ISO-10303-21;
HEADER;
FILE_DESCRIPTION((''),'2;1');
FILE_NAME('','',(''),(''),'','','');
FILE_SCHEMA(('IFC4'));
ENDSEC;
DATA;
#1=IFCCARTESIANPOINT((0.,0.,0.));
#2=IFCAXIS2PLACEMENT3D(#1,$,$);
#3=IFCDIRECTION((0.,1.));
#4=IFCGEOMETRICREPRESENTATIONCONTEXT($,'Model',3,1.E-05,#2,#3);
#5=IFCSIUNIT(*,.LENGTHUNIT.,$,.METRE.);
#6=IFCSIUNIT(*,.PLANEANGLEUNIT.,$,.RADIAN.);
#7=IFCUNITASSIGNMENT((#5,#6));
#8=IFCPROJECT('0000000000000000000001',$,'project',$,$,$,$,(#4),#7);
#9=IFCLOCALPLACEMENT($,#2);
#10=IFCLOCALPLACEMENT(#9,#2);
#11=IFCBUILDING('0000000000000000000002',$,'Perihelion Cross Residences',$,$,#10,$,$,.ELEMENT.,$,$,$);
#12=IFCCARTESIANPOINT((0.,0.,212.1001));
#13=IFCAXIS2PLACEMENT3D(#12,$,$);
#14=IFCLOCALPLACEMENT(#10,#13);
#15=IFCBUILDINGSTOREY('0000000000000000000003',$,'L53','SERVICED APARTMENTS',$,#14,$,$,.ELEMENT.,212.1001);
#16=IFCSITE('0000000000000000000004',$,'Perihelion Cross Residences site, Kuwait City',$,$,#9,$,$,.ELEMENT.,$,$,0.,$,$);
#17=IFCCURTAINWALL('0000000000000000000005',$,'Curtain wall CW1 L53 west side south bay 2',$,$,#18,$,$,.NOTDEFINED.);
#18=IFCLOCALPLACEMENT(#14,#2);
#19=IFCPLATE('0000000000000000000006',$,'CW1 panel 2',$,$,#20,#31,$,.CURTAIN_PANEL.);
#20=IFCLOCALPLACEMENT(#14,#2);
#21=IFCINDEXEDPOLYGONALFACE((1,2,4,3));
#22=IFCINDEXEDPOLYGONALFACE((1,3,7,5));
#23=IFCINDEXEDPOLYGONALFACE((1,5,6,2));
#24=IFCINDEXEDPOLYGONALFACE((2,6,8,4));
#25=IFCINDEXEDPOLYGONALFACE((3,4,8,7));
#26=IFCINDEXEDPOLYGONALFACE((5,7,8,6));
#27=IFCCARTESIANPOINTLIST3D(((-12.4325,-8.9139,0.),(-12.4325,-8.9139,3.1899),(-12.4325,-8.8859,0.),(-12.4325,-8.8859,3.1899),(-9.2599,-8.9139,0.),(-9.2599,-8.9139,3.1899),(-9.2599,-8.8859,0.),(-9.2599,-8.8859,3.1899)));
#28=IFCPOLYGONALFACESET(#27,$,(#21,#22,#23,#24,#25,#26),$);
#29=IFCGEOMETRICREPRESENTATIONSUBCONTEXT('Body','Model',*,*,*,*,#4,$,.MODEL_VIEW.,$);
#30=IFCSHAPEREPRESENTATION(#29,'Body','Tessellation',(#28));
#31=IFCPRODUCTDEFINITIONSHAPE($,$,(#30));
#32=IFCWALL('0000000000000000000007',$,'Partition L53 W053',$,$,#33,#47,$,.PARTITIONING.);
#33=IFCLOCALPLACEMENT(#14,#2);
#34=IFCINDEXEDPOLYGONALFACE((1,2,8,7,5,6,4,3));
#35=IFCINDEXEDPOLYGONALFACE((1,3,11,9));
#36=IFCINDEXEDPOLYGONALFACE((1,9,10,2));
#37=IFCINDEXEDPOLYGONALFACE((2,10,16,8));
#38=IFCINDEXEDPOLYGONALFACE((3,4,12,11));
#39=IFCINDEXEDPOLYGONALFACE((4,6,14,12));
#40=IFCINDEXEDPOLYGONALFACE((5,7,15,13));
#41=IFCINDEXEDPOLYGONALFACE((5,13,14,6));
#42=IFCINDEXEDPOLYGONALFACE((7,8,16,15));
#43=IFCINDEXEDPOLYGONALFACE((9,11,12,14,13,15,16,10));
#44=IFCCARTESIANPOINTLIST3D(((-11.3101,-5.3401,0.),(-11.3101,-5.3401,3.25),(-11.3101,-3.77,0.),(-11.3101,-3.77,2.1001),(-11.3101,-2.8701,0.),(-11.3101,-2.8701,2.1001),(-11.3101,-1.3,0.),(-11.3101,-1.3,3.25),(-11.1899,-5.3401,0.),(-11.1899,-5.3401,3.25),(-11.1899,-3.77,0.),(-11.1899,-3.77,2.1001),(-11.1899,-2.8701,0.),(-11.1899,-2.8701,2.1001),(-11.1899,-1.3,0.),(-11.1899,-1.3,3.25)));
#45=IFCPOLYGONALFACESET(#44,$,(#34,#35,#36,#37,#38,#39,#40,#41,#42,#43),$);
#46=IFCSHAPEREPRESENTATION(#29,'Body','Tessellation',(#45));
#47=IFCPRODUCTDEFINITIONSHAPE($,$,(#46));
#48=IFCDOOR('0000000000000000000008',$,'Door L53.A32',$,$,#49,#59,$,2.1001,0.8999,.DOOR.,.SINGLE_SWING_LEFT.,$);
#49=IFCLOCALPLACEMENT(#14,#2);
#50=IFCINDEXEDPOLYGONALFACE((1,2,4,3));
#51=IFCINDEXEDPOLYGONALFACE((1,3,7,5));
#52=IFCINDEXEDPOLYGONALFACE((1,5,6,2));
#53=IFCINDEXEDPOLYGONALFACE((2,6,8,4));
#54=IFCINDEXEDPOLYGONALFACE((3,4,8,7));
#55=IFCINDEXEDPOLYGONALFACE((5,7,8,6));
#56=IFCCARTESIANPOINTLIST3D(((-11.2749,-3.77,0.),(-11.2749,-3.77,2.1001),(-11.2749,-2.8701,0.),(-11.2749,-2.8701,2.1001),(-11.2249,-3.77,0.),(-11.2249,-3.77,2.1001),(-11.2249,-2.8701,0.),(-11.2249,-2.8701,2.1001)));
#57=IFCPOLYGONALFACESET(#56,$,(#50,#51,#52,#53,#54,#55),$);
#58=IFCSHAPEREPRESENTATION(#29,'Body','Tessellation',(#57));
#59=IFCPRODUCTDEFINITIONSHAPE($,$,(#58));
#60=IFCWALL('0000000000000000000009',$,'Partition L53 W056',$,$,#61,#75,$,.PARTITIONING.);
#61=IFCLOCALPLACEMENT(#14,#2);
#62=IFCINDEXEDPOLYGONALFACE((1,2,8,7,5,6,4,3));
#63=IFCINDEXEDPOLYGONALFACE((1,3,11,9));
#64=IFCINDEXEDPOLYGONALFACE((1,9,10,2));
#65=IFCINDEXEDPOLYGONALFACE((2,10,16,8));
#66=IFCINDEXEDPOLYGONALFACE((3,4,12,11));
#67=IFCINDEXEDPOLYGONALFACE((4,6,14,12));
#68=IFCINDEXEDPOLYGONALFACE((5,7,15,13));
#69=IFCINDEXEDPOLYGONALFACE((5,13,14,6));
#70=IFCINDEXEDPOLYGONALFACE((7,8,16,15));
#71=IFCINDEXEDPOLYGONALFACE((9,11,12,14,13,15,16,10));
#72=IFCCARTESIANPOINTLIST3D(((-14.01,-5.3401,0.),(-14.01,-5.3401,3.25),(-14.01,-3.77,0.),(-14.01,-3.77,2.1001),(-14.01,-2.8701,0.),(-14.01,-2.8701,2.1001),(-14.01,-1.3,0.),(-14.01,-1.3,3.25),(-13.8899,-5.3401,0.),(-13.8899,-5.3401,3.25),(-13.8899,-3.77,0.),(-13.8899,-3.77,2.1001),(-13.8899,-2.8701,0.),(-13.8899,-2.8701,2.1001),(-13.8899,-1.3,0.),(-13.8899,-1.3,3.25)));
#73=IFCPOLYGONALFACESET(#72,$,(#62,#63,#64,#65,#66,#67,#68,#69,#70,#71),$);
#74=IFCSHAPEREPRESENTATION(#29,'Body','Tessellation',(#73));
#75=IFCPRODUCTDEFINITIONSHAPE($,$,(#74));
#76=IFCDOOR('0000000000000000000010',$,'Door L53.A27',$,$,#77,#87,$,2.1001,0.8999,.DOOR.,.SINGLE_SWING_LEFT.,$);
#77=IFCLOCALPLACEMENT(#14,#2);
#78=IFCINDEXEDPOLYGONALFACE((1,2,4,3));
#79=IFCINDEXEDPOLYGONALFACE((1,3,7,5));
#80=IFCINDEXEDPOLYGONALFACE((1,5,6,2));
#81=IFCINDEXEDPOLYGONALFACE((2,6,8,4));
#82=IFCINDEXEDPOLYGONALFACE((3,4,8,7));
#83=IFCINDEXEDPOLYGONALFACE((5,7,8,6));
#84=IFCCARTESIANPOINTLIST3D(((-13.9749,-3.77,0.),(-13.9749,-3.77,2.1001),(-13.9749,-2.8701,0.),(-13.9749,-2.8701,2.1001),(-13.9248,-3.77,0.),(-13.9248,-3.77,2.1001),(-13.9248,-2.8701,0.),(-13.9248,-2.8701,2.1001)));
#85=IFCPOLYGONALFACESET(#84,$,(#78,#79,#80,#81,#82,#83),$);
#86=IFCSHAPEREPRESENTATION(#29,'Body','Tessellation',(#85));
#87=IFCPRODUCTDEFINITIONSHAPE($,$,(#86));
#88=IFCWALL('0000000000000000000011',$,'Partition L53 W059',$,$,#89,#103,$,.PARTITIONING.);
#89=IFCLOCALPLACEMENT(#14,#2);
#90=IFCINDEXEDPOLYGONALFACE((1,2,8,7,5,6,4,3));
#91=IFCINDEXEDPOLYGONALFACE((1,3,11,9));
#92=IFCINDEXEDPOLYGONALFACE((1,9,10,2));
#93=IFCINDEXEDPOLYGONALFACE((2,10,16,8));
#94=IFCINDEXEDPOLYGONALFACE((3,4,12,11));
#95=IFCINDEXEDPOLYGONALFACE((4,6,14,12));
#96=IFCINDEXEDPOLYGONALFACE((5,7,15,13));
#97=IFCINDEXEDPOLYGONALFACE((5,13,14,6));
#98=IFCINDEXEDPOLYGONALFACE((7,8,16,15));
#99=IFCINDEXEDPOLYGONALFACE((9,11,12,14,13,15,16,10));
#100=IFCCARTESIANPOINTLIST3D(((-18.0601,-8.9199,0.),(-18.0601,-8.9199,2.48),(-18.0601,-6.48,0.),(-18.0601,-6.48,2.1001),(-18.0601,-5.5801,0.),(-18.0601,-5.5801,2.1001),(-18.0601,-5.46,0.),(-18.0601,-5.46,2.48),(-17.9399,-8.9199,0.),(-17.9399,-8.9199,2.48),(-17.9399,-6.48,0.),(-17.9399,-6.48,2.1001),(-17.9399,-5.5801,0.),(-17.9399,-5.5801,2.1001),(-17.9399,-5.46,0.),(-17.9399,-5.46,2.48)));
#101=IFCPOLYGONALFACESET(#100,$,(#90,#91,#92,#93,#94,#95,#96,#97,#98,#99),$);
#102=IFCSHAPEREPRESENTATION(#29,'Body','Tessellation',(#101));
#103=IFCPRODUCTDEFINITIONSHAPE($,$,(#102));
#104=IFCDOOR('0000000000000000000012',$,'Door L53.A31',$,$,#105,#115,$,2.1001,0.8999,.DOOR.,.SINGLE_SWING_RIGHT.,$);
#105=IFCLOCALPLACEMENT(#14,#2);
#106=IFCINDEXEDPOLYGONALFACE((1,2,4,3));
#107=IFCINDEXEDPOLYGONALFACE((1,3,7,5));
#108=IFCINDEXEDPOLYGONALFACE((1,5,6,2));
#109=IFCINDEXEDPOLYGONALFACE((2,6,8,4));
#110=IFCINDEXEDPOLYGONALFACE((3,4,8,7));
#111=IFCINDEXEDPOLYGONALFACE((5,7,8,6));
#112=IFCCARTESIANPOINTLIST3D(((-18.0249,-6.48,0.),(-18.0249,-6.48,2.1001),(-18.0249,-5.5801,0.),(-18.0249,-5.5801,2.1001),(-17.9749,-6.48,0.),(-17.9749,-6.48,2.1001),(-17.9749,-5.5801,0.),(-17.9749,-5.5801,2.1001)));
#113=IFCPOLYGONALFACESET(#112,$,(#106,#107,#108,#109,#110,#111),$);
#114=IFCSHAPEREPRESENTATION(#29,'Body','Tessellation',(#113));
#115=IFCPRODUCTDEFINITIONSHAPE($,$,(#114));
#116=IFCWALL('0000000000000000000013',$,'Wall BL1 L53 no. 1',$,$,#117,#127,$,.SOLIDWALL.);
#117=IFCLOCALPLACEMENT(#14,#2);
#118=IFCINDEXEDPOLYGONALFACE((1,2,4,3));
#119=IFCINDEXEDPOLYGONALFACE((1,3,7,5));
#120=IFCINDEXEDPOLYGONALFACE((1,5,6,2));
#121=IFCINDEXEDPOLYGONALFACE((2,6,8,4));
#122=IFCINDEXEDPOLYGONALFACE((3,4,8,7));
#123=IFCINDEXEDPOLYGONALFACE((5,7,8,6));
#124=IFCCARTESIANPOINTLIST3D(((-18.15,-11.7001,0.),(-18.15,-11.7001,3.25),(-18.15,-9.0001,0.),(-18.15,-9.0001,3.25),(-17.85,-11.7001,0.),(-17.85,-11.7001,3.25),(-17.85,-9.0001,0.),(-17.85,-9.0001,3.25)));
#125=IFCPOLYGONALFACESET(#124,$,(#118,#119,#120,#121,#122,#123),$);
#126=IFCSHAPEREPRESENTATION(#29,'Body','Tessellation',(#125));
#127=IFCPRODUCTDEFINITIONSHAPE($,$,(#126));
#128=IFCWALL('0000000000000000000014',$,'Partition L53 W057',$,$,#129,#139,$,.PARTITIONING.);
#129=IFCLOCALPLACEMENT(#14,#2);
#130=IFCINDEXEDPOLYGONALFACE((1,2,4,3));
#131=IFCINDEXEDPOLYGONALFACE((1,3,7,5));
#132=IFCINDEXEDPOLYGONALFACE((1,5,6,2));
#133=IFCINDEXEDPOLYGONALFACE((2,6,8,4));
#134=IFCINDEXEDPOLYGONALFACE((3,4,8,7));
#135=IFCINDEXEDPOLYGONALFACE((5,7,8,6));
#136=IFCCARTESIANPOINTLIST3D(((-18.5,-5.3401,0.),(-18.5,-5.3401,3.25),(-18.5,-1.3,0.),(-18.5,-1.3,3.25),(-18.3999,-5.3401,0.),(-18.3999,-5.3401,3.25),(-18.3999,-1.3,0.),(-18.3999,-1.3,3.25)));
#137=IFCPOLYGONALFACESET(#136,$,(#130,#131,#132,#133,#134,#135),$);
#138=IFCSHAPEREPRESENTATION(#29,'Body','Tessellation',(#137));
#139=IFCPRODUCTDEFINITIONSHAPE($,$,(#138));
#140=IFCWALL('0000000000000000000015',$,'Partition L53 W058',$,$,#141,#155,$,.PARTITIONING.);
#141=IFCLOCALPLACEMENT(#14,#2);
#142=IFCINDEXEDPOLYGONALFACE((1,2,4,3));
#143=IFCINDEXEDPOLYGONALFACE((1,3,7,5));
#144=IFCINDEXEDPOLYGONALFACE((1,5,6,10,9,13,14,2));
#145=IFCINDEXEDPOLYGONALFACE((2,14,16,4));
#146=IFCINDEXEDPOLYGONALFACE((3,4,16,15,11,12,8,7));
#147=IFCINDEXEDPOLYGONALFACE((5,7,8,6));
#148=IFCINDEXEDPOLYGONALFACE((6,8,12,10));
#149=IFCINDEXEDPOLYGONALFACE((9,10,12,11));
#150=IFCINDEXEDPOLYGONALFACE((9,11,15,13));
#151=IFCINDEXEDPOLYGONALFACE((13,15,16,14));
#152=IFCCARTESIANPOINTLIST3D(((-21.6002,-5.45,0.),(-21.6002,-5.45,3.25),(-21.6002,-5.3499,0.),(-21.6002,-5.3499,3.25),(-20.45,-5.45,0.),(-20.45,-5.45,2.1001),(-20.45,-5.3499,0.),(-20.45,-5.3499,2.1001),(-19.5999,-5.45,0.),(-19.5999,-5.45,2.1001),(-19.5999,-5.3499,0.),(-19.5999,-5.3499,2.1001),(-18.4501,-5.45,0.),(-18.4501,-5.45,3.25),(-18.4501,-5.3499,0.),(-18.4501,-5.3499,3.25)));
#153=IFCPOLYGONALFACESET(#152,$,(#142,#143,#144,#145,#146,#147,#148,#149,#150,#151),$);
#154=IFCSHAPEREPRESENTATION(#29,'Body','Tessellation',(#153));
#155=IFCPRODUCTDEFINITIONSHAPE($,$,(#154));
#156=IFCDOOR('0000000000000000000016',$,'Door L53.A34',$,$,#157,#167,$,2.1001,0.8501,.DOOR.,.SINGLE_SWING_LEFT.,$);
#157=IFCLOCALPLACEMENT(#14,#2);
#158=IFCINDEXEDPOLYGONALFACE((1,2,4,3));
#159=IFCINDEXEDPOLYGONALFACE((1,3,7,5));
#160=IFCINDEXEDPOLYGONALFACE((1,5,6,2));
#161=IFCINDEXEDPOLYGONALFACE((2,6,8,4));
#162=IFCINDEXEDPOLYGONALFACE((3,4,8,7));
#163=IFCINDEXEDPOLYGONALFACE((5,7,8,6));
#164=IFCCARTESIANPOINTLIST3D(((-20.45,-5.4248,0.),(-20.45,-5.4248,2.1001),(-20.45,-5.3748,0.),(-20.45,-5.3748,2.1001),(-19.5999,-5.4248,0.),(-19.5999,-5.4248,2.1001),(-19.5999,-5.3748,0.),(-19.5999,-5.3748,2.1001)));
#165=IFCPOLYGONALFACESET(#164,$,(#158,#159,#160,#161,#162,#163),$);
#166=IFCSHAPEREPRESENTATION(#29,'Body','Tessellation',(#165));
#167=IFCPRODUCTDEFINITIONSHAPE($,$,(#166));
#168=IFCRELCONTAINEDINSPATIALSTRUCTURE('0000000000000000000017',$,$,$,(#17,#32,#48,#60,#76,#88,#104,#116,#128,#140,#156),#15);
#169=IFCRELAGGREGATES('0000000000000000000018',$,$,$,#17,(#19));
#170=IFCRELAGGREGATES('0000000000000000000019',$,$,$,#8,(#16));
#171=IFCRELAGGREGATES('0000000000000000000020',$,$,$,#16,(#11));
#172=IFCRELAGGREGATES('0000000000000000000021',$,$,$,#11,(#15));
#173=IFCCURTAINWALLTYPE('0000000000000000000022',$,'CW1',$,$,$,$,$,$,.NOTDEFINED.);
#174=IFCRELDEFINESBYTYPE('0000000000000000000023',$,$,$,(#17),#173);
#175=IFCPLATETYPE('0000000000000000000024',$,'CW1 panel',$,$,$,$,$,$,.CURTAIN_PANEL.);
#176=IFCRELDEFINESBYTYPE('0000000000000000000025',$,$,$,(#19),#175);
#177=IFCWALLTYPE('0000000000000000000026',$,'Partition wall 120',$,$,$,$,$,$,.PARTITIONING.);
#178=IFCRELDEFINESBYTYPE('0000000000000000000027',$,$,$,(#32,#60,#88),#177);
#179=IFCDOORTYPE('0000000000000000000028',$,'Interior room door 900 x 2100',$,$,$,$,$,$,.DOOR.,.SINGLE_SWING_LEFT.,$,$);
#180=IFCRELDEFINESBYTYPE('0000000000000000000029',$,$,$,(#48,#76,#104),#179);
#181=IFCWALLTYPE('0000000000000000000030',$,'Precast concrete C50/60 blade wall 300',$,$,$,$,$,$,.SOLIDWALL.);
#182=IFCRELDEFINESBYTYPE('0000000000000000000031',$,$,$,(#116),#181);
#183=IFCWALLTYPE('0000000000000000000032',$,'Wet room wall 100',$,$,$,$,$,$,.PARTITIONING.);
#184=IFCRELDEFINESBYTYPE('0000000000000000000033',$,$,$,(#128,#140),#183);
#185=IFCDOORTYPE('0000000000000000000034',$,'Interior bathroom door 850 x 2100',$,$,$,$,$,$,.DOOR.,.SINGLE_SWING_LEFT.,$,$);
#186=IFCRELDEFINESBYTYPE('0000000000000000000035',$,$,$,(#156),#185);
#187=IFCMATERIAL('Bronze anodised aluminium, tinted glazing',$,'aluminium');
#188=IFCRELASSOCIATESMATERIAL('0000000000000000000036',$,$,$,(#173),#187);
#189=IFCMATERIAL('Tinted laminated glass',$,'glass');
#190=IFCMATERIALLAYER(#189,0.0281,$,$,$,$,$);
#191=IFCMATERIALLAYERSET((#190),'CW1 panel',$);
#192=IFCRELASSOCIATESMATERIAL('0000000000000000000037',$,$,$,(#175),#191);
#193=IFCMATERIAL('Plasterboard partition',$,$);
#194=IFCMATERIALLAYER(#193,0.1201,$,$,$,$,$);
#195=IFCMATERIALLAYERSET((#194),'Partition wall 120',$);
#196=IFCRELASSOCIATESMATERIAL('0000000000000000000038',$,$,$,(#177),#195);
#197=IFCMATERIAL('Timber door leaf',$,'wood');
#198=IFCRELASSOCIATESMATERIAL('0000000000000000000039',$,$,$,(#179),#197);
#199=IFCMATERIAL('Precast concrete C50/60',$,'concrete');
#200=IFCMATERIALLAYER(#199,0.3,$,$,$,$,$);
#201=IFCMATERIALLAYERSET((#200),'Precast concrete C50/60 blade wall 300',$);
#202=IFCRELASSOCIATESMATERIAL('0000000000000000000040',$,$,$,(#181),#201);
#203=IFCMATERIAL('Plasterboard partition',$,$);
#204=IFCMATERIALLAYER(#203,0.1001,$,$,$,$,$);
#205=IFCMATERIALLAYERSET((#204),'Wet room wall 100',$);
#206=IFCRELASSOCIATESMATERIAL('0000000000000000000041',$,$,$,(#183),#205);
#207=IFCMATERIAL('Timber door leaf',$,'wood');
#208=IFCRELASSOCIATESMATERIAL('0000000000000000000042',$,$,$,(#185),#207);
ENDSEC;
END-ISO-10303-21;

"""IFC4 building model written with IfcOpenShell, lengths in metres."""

from ifc_helpers import new_model, si_unit, direction, frame, frame_2d, origin, origin_2d, place, context, subcontext, project, spatial, rectangle, extrude, material, layer, layer_set, type_object, element, fill, aggregate, save


model = new_model("IFC4")

# Units and contexts
model_context = context("Model", 3, precision=1e-05, world=origin(), true_north=direction((0.0, 1.0)))
body_context = subcontext(model_context, "Body", "Model", "MODEL_VIEW")
ifc_project = project(units=[si_unit("LENGTHUNIT", "METRE"), si_unit("PLANEANGLEUNIT", "RADIAN")], contexts=[model_context])

# Site, building, storey
site_placement = place(None, origin())
site = spatial("IfcSite", under=ifc_project, at=site_placement, Name="Perihelion Cross Residences site, Kuwait City", CompositionType="ELEMENT", RefElevation=0.0)
building_placement = place(site_placement, origin())
building = spatial("IfcBuilding", under=site, at=building_placement, Name="Perihelion Cross Residences", CompositionType="ELEMENT")
storey_placement = place(building_placement, frame((0.0, 0.0, 212.1001)))
storey = spatial("IfcBuildingStorey", under=building, at=storey_placement, Name="L53", Description="SERVICED APARTMENTS", CompositionType="ELEMENT", Elevation=212.1001)

# Curtain wall
ifc_material_1 = material(Name="Bronze anodised aluminium, tinted glazing", Category="aluminium")
curtain_wall_type = type_object("IfcCurtainWallType", Name="CW1", PredefinedType="NOTDEFINED", material=ifc_material_1)
curtain_wall_placement = place(storey_placement, origin())
curtain_wall = element("IfcCurtainWall", 1, at=curtain_wall_placement, inside=storey, type_object=curtain_wall_type, Name="Curtain wall CW1 L53 west side south bay 2", PredefinedType="NOTDEFINED")

# Plate
ifc_material_2 = material(Name="Tinted laminated glass", Category="glass")
ifc_layer_1 = layer(ifc_material_2, 0.0281)
ifc_layer_set_1 = layer_set([ifc_layer_1], Name="CW1 panel")
plate_type = type_object("IfcPlateType", Name="CW1 panel", PredefinedType="CURTAIN_PANEL", material=ifc_layer_set_1)
plate_1_placement = place(storey_placement, frame((-10.8462, -8.8999, 0.0), z_axis=(0.0, 0.0, 1.0), x_axis=(1.0, 0.0, 0.0)))
plate_1 = element("IfcPlate", 2, at=plate_1_placement, type_object=plate_type, Name="CW1 panel 2", PredefinedType="CURTAIN_PANEL", context=body_context, shape_type="SweptSolid", body=[
    extrude(rectangle(XDim=3.1726, YDim=0.0281, at=origin_2d()), origin(), (0.0, 0.0, 1.0), 3.1899),
])
aggregate(curtain_wall, [plate_1])

# Walls, openings, doors
ifc_material_3 = material(Name="Plasterboard partition")
ifc_layer_2 = layer(ifc_material_3, 0.1201)
ifc_layer_set_2 = layer_set([ifc_layer_2], Name="Partition wall 120")
wall_type_1 = type_object("IfcWallType", Name="Partition wall 120", PredefinedType="PARTITIONING", material=ifc_layer_set_2)
wall_1_placement = place(storey_placement, frame((-11.25, -5.3401, 0.0), z_axis=(0.0, 0.0, 1.0), x_axis=(0.0, 1.0, 0.0)))
wall_1 = element("IfcWall", 3, at=wall_1_placement, inside=storey, type_object=wall_type_1, Name="Partition L53 W053", PredefinedType="PARTITIONING", context=body_context, shape_type="SweptSolid", body=[
    extrude(rectangle(XDim=4.04, YDim=0.1201, at=frame_2d((2.02, 0.0))), origin(), (0.0, 0.0, 1.0), 3.25),
])
opening_1_placement = place(wall_1_placement, frame((1.5701, 0.0, 0.0)))
opening_1 = element("IfcOpeningElement", 4, at=opening_1_placement, cuts=wall_1, PredefinedType="OPENING", context=body_context, shape_type="SweptSolid", body=[
    extrude(rectangle(XDim=0.8999, YDim=2.1001, at=frame_2d((0.45, 1.05))), frame((0.0, 0.0701, 0.0), z_axis=(0.0, -1.0, 0.0), x_axis=(1.0, 0.0, 0.0)), (0.0, 0.0, 1.0), 0.1401),
])
ifc_material_4 = material(Name="Timber door leaf", Category="wood")
door_type_1 = type_object("IfcDoorType", Name="Interior room door 900 x 2100", OperationType="SINGLE_SWING_LEFT", PredefinedType="DOOR", material=ifc_material_4)
door_1_placement = place(opening_1_placement, origin())
door_1 = element("IfcDoor", 5, at=door_1_placement, inside=storey, type_object=door_type_1, Name="Door L53.A32", OperationType="SINGLE_SWING_LEFT", OverallHeight=2.1001, OverallWidth=0.8999, PredefinedType="DOOR", context=body_context, shape_type="SweptSolid", body=[
    extrude(rectangle(XDim=0.8999, YDim=2.1001, at=frame_2d((0.45, 1.05))), frame((0.0, 0.0249, 0.0), z_axis=(0.0, -1.0, 0.0), x_axis=(1.0, 0.0, 0.0)), (0.0, 0.0, 1.0), 0.05),
])
fill(opening_1, door_1)
wall_2_placement = place(storey_placement, frame((-13.95, -5.3401, 0.0), z_axis=(0.0, 0.0, 1.0), x_axis=(0.0, 1.0, 0.0)))
wall_2 = element("IfcWall", 6, at=wall_2_placement, inside=storey, type_object=wall_type_1, Name="Partition L53 W056", PredefinedType="PARTITIONING", context=body_context, shape_type="SweptSolid", body=[
    extrude(rectangle(XDim=4.04, YDim=0.1201, at=frame_2d((2.02, 0.0))), origin(), (0.0, 0.0, 1.0), 3.25),
])
opening_2_placement = place(wall_2_placement, frame((1.5701, 0.0, 0.0)))
opening_2 = element("IfcOpeningElement", 7, at=opening_2_placement, cuts=wall_2, PredefinedType="OPENING", context=body_context, shape_type="SweptSolid", body=[
    extrude(rectangle(XDim=0.8999, YDim=2.1001, at=frame_2d((0.45, 1.05))), frame((0.0, 0.0701, 0.0), z_axis=(0.0, -1.0, 0.0), x_axis=(1.0, 0.0, 0.0)), (0.0, 0.0, 1.0), 0.1401),
])
door_2_placement = place(opening_2_placement, origin())
door_2 = element("IfcDoor", 8, at=door_2_placement, inside=storey, type_object=door_type_1, Name="Door L53.A27", OperationType="SINGLE_SWING_LEFT", OverallHeight=2.1001, OverallWidth=0.8999, PredefinedType="DOOR", context=body_context, shape_type="SweptSolid", body=[
    extrude(rectangle(XDim=0.8999, YDim=2.1001, at=frame_2d((0.45, 1.05))), frame((0.0, 0.0249, 0.0), z_axis=(0.0, -1.0, 0.0), x_axis=(1.0, 0.0, 0.0)), (0.0, 0.0, 1.0), 0.05),
])
fill(opening_2, door_2)
wall_3_placement = place(storey_placement, frame((-18.0, -8.9199, 0.0), z_axis=(0.0, 0.0, 1.0), x_axis=(0.0, 1.0, 0.0)))
wall_3 = element("IfcWall", 9, at=wall_3_placement, inside=storey, type_object=wall_type_1, Name="Partition L53 W059", PredefinedType="PARTITIONING", context=body_context, shape_type="SweptSolid", body=[
    extrude(rectangle(XDim=3.46, YDim=0.1201, at=frame_2d((1.73, 0.0))), origin(), (0.0, 0.0, 1.0), 2.48),
])
opening_3_placement = place(wall_3_placement, frame((2.4399, 0.0, 0.0)))
opening_3 = element("IfcOpeningElement", 10, at=opening_3_placement, cuts=wall_3, PredefinedType="OPENING", context=body_context, shape_type="SweptSolid", body=[
    extrude(rectangle(XDim=0.8999, YDim=2.1001, at=frame_2d((0.45, 1.05))), frame((0.0, 0.0701, 0.0), z_axis=(0.0, -1.0, 0.0), x_axis=(1.0, 0.0, 0.0)), (0.0, 0.0, 1.0), 0.1401),
])
door_3_placement = place(opening_3_placement, origin())
door_3 = element("IfcDoor", 11, at=door_3_placement, inside=storey, type_object=door_type_1, Name="Door L53.A31", OperationType="SINGLE_SWING_RIGHT", OverallHeight=2.1001, OverallWidth=0.8999, PredefinedType="DOOR", context=body_context, shape_type="SweptSolid", body=[
    extrude(rectangle(XDim=0.8999, YDim=2.1001, at=frame_2d((0.45, 1.05))), frame((0.0, 0.0249, 0.0), z_axis=(0.0, -1.0, 0.0), x_axis=(1.0, 0.0, 0.0)), (0.0, 0.0, 1.0), 0.05),
])
fill(opening_3, door_3)

# Walls
ifc_material_5 = material(Name="Precast concrete C50/60", Category="concrete")
ifc_layer_3 = layer(ifc_material_5, 0.3)
ifc_layer_set_3 = layer_set([ifc_layer_3], Name="Precast concrete C50/60 blade wall 300")
wall_type_2 = type_object("IfcWallType", Name="Precast concrete C50/60 blade wall 300", PredefinedType="SOLIDWALL", material=ifc_layer_set_3)
wall_4_placement = place(storey_placement, frame((-18.0, -9.0, 0.0), z_axis=(0.0, 0.0, 1.0), x_axis=(0.0, -1.0, 0.0)))
element("IfcWall", 12, at=wall_4_placement, inside=storey, type_object=wall_type_2, Name="Wall BL1 L53 no. 1", PredefinedType="SOLIDWALL", context=body_context, shape_type="SweptSolid", body=[
    extrude(rectangle(XDim=2.7, YDim=0.3, at=frame_2d((1.3501, 0.0))), origin(), (0.0, 0.0, 1.0), 3.25),
])
ifc_material_6 = material(Name="Plasterboard partition")
ifc_layer_4 = layer(ifc_material_6, 0.1001)
ifc_layer_set_4 = layer_set([ifc_layer_4], Name="Wet room wall 100")
wall_type_3 = type_object("IfcWallType", Name="Wet room wall 100", PredefinedType="PARTITIONING", material=ifc_layer_set_4)
wall_5_placement = place(storey_placement, frame((-18.45, -5.3401, 0.0), z_axis=(0.0, 0.0, 1.0), x_axis=(0.0, 1.0, 0.0)))
element("IfcWall", 13, at=wall_5_placement, inside=storey, type_object=wall_type_3, Name="Partition L53 W057", PredefinedType="PARTITIONING", context=body_context, shape_type="SweptSolid", body=[
    extrude(rectangle(XDim=4.04, YDim=0.1001, at=frame_2d((2.02, 0.0))), origin(), (0.0, 0.0, 1.0), 3.25),
])

# Wall, opening, door
wall_6_placement = place(storey_placement, frame((-18.45, -5.3999, 0.0), z_axis=(0.0, 0.0, 1.0), x_axis=(-1.0, 0.0, 0.0)))
wall_6 = element("IfcWall", 14, at=wall_6_placement, inside=storey, type_object=wall_type_3, Name="Partition L53 W058", PredefinedType="PARTITIONING", context=body_context, shape_type="SweptSolid", body=[
    extrude(rectangle(XDim=3.1501, YDim=0.1001, at=frame_2d((1.5752, 0.0))), origin(), (0.0, 0.0, 1.0), 3.25),
])
opening_4_placement = place(wall_6_placement, frame((1.1499, 0.0, 0.0)))
opening_4 = element("IfcOpeningElement", 15, at=opening_4_placement, cuts=wall_6, PredefinedType="OPENING", context=body_context, shape_type="SweptSolid", body=[
    extrude(rectangle(XDim=0.8501, YDim=2.1001, at=frame_2d((0.425, 1.05))), frame((0.0, 0.0601, 0.0), z_axis=(0.0, -1.0, 0.0), x_axis=(1.0, 0.0, 0.0)), (0.0, 0.0, 1.0), 0.1201),
])
ifc_material_7 = material(Name="Timber door leaf", Category="wood")
door_type_2 = type_object("IfcDoorType", Name="Interior bathroom door 850 x 2100", OperationType="SINGLE_SWING_LEFT", PredefinedType="DOOR", material=ifc_material_7)
door_4_placement = place(opening_4_placement, origin())
door_4 = element("IfcDoor", 16, at=door_4_placement, inside=storey, type_object=door_type_2, Name="Door L53.A34", OperationType="SINGLE_SWING_LEFT", OverallHeight=2.1001, OverallWidth=0.8501, PredefinedType="DOOR", context=body_context, shape_type="SweptSolid", body=[
    extrude(rectangle(XDim=0.8501, YDim=2.1001, at=frame_2d((0.425, 1.05))), frame((0.0, 0.0249, 0.0), z_axis=(0.0, -1.0, 0.0), x_axis=(1.0, 0.0, 0.0)), (0.0, 0.0, 1.0), 0.05),
])
fill(opening_4, door_4)

save(model, "model.ifc")
